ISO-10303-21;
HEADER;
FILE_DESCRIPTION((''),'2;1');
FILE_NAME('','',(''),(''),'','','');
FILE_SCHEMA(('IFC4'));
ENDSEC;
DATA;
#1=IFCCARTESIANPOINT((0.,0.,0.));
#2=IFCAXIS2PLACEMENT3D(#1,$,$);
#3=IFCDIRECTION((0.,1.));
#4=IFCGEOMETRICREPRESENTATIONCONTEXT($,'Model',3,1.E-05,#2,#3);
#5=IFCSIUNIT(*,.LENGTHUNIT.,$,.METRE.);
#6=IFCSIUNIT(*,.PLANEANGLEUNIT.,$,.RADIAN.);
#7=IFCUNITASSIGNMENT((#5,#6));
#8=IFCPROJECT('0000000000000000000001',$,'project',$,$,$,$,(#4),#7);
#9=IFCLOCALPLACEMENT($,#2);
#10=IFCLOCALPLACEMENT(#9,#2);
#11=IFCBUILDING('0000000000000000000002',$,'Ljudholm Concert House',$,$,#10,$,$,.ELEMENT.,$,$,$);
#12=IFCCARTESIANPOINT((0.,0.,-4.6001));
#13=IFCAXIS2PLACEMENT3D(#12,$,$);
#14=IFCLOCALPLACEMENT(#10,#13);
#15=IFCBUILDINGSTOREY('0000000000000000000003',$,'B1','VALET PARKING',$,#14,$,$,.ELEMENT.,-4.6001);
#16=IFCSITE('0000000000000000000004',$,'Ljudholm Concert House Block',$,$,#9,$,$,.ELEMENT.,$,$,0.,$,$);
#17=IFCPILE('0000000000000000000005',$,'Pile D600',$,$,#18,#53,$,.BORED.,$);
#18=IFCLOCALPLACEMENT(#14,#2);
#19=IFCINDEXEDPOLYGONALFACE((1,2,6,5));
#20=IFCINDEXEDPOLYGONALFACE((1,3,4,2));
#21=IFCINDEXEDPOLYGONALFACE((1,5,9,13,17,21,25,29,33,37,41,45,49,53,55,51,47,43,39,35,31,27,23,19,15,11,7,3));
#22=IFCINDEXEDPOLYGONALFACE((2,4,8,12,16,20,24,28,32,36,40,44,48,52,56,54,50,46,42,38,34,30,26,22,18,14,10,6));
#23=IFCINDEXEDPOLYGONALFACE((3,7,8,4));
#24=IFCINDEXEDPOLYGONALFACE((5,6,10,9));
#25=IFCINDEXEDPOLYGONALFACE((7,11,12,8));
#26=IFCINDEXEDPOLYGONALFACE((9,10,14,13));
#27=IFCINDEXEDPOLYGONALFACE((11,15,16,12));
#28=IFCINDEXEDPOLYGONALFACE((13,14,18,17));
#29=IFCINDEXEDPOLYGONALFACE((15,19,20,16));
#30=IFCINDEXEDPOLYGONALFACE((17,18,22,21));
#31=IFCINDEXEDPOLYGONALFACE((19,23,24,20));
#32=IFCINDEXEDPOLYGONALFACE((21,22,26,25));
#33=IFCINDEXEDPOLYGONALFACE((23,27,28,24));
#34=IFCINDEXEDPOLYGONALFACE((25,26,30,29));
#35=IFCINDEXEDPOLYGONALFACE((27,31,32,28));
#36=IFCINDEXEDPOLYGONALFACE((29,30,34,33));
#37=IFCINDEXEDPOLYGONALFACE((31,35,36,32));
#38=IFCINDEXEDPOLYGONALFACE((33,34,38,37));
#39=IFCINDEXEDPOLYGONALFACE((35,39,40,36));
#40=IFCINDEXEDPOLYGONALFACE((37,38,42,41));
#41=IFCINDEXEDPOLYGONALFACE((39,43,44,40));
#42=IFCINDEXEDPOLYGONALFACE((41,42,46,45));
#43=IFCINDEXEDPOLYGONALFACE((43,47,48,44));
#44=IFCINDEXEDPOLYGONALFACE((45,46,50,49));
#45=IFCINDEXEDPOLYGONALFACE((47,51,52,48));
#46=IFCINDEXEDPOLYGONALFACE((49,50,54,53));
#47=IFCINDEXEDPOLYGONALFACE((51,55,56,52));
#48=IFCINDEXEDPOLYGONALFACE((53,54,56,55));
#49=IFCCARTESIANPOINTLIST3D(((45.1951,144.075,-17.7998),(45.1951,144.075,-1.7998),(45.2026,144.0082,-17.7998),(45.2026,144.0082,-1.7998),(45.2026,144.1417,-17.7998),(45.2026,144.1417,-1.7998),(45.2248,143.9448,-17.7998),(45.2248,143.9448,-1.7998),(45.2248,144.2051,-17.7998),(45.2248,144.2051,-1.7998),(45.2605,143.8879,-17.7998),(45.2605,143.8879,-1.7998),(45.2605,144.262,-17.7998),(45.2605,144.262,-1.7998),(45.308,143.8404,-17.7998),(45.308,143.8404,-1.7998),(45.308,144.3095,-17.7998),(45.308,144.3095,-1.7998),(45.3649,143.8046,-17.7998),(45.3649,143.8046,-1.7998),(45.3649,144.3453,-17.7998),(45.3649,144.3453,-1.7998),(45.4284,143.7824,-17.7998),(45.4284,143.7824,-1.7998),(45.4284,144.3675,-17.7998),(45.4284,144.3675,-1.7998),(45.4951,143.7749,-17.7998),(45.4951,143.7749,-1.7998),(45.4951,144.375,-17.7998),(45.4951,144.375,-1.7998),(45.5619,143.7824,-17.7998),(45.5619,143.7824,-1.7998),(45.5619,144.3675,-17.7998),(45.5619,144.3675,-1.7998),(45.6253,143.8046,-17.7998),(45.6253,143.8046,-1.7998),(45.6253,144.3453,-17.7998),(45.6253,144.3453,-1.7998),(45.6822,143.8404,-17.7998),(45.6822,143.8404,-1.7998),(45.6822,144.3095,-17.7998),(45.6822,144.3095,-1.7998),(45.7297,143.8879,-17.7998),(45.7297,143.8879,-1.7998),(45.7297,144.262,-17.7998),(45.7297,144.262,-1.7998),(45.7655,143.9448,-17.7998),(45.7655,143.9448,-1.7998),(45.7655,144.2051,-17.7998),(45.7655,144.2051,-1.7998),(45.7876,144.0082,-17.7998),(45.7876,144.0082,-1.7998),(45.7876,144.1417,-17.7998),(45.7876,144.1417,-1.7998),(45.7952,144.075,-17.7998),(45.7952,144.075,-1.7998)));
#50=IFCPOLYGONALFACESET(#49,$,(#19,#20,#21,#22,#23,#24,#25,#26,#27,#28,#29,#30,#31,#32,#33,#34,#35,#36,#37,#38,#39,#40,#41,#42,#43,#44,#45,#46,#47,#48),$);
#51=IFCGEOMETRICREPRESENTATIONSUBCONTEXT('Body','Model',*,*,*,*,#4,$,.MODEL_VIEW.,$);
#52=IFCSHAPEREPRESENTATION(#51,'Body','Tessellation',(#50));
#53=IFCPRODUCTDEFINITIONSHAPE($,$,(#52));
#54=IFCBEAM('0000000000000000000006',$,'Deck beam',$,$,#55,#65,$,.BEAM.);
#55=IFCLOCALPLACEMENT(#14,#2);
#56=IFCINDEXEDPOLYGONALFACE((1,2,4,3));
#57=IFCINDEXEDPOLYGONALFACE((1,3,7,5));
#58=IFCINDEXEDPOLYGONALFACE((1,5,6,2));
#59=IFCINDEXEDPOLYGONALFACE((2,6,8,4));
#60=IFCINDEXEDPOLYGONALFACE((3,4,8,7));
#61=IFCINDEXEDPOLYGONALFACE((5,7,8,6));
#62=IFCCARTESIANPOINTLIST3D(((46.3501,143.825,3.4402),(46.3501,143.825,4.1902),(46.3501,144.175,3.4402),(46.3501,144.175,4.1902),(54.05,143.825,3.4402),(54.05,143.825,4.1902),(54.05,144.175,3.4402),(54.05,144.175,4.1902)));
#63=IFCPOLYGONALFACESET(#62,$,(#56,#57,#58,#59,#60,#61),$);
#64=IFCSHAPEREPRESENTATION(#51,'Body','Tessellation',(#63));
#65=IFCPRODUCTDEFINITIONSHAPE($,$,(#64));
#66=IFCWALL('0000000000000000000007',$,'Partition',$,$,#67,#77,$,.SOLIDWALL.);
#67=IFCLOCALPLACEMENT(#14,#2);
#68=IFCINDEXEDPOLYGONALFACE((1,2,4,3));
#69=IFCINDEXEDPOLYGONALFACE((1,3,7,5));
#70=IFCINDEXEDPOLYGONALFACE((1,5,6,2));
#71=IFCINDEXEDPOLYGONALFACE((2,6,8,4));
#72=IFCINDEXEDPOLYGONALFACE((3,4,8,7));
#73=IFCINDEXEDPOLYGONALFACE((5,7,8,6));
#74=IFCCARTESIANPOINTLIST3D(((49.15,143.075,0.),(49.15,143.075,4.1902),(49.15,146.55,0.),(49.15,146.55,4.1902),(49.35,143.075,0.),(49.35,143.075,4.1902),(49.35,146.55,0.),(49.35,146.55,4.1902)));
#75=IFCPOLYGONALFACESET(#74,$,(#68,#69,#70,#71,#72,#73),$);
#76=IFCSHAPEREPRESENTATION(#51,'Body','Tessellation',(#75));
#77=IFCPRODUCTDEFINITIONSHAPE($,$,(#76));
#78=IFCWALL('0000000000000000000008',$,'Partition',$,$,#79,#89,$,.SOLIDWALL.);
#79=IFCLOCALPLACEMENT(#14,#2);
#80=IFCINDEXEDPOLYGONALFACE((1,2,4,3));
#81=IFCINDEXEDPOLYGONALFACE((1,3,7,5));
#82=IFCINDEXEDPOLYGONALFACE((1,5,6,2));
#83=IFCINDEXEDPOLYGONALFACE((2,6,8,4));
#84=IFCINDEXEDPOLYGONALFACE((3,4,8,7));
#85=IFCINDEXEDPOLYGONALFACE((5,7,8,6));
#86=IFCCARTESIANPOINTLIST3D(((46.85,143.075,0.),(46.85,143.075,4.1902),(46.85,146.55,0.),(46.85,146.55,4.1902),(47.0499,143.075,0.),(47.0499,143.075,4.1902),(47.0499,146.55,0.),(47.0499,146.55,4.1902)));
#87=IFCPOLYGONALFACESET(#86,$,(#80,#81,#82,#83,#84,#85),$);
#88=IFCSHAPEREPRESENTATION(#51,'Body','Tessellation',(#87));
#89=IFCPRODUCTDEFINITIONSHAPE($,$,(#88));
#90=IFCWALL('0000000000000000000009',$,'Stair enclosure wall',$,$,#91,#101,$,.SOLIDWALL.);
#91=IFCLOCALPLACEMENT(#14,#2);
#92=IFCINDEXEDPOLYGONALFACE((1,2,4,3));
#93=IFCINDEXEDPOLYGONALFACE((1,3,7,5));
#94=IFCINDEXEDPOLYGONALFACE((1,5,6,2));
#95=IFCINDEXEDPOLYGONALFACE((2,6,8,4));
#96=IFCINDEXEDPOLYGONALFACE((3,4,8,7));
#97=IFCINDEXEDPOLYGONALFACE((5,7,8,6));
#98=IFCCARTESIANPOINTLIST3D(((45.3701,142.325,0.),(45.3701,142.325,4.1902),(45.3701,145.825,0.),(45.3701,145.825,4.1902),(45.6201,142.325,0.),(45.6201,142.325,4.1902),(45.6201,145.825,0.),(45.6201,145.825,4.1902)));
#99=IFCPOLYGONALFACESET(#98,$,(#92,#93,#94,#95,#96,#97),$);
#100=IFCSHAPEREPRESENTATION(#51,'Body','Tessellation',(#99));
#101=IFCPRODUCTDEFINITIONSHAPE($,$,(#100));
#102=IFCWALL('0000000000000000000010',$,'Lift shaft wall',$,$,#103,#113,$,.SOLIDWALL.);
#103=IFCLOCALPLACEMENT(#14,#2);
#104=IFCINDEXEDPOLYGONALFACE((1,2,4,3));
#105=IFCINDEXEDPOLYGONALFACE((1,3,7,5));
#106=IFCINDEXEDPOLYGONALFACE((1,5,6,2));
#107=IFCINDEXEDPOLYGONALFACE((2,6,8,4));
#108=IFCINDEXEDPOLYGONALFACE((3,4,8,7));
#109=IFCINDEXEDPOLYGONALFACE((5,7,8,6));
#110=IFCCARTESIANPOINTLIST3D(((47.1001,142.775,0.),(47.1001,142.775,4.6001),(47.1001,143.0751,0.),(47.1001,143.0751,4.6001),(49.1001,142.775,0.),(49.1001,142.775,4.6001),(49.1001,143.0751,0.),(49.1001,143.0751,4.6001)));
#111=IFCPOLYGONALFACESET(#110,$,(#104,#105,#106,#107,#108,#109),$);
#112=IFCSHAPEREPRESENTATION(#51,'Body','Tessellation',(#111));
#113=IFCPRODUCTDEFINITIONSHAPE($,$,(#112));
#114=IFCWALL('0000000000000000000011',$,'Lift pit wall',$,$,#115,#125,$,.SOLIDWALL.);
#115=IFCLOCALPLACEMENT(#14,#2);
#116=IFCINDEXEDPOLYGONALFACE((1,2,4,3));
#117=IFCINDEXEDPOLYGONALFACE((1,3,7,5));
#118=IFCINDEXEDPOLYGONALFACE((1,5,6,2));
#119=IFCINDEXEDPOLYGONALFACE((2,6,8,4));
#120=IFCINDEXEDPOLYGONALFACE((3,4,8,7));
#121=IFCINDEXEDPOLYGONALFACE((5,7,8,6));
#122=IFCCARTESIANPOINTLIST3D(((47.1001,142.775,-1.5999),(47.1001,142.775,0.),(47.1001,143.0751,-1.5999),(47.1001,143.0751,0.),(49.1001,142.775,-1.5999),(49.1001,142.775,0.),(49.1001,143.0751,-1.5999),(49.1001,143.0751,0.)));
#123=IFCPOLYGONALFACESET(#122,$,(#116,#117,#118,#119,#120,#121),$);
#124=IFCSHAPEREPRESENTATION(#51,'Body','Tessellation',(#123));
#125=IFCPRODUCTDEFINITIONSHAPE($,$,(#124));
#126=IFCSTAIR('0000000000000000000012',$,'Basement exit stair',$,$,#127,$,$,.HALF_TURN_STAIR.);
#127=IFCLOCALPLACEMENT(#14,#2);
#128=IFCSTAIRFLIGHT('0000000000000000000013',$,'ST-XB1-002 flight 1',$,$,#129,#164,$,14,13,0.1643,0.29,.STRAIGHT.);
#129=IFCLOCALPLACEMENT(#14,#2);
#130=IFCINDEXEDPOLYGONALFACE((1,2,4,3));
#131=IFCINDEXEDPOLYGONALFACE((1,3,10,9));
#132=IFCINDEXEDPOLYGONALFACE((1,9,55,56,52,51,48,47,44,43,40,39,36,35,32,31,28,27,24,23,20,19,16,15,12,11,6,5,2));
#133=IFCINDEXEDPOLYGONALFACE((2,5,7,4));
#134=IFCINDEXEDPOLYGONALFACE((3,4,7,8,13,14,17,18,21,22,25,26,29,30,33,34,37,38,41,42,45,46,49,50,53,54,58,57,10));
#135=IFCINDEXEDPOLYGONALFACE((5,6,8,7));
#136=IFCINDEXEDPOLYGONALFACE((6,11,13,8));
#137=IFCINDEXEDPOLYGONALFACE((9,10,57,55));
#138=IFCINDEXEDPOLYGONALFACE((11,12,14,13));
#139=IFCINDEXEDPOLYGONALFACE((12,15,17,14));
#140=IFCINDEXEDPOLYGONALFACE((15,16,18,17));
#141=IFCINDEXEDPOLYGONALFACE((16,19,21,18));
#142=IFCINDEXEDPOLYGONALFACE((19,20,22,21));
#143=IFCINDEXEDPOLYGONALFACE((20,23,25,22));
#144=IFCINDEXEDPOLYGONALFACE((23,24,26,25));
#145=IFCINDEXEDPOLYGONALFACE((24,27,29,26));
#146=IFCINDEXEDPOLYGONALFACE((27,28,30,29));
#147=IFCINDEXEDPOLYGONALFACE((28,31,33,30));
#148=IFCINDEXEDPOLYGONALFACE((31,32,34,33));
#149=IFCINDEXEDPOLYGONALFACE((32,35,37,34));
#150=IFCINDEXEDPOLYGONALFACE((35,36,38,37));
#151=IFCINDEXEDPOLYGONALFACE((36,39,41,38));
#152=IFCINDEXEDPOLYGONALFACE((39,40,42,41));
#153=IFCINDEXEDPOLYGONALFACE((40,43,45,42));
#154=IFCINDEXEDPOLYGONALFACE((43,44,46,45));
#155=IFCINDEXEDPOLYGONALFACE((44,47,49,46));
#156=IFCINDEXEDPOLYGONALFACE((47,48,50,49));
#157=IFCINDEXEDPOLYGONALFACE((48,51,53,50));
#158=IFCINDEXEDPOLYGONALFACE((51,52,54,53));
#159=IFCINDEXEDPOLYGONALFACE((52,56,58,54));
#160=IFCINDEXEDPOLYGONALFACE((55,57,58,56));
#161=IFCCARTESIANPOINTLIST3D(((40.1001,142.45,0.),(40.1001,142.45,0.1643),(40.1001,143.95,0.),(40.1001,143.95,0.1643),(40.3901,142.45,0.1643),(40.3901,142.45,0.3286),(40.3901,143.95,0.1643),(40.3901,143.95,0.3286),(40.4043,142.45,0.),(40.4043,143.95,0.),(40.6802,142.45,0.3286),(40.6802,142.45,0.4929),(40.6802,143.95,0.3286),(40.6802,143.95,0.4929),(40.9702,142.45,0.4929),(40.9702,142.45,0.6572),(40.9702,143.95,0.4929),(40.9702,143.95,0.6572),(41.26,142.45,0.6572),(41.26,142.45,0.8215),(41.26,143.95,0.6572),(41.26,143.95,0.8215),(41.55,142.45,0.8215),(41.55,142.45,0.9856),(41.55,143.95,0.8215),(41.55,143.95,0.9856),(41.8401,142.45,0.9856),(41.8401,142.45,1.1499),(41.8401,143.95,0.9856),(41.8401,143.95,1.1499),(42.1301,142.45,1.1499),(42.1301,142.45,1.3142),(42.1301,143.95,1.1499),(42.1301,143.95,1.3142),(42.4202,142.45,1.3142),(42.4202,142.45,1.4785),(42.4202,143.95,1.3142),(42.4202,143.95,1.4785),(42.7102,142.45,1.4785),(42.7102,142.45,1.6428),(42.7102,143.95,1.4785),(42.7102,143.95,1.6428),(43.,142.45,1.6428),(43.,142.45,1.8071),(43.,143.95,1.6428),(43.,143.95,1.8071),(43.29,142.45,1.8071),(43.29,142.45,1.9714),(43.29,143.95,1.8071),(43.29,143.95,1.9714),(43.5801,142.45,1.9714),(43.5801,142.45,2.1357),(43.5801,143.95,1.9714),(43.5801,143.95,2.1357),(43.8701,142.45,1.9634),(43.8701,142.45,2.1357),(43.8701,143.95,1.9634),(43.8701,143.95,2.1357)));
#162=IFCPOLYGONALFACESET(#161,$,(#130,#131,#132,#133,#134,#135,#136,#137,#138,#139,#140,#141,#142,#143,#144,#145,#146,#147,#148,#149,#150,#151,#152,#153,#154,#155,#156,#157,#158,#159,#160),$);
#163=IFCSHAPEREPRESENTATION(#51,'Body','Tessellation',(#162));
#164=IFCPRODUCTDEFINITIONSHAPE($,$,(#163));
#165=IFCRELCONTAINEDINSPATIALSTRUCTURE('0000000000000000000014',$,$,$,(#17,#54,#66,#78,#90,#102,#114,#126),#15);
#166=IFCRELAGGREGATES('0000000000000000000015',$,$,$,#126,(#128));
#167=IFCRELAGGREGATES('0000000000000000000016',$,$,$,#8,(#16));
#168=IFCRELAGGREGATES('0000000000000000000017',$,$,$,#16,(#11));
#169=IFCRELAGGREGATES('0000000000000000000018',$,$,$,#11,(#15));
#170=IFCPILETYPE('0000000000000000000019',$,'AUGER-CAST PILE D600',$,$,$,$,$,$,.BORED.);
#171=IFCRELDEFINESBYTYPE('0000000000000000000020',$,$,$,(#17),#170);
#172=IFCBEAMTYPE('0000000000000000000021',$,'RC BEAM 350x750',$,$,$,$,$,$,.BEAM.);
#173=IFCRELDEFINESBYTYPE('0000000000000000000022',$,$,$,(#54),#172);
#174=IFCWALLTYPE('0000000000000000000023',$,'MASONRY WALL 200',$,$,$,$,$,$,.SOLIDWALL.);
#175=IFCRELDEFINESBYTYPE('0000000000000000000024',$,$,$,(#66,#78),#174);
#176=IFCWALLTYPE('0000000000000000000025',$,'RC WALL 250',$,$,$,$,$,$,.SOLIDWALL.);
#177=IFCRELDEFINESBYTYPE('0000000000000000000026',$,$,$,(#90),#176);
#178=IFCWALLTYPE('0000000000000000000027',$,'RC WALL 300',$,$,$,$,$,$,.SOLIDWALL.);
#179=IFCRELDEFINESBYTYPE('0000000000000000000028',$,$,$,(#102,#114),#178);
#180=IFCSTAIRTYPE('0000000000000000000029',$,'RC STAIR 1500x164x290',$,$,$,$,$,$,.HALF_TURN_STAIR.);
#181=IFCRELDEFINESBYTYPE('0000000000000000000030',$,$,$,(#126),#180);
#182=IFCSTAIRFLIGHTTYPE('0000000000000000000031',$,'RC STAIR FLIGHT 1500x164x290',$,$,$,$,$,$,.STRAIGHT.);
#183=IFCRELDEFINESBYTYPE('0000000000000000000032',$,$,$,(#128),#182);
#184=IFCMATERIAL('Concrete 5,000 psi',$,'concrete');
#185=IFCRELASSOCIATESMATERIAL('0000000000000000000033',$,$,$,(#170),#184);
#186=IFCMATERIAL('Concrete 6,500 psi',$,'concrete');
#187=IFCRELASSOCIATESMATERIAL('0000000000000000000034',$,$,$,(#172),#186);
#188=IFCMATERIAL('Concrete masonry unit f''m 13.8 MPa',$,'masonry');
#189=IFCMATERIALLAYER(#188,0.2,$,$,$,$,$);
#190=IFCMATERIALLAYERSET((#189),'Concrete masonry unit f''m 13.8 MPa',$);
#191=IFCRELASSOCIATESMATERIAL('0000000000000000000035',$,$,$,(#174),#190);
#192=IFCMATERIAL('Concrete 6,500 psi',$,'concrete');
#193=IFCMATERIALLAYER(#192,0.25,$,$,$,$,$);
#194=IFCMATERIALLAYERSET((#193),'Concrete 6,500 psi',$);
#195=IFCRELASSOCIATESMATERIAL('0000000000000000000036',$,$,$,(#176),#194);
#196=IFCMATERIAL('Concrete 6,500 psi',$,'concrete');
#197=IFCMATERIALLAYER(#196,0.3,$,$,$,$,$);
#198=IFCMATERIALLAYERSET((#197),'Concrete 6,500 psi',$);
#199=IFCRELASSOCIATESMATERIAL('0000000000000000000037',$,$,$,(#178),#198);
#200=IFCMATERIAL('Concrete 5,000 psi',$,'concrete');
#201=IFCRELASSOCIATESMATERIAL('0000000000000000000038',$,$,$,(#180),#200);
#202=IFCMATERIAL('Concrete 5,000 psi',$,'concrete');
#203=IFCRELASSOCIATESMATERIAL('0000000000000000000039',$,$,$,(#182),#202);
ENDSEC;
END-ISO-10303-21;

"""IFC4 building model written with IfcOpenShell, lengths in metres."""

from ifc_helpers import new_model, si_unit, direction, frame, frame_2d, origin, origin_2d, place, context, subcontext, project, spatial, polyline, rectangle, circle, outline, extrude, material, layer, layer_set, material_profile, profile_set, type_object, element, aggregate, save


model = new_model("IFC4")

# Units and contexts
model_context = context("Model", 3, precision=1e-05, world=origin(), true_north=direction((0.0, 1.0)))
body_context = subcontext(model_context, "Body", "Model", "MODEL_VIEW")
ifc_project = project(units=[si_unit("LENGTHUNIT", "METRE"), si_unit("PLANEANGLEUNIT", "RADIAN")], contexts=[model_context])

# Site, building, storey
site_placement = place(None, origin())
site = spatial("IfcSite", under=ifc_project, at=site_placement, Name="Ljudholm Concert House Block", CompositionType="ELEMENT", RefElevation=0.0)
building_placement = place(site_placement, origin())
building = spatial("IfcBuilding", under=site, at=building_placement, Name="Ljudholm Concert House", CompositionType="ELEMENT")
storey_placement = place(building_placement, frame((0.0, 0.0, -4.6001)))
storey = spatial("IfcBuildingStorey", under=building, at=storey_placement, Name="B1", Description="VALET PARKING", CompositionType="ELEMENT", Elevation=-4.6001)

# Pile
ifc_material_1 = material(Name="Concrete 5,000 psi", Category="concrete")
ifc_material_profile_1 = material_profile(ifc_material_1, circle(Radius=0.3, at=origin_2d()), Name="AUGER-CAST PILE D600")
ifc_profile_set_1 = profile_set([ifc_material_profile_1], Name="Concrete 5,000 psi")
pile_type = type_object("IfcPileType", Name="AUGER-CAST PILE D600", PredefinedType="BORED", material=ifc_profile_set_1)
for number, where, z_axis, x_axis, name in (
    (1, (45.4951, 144.075, -1.7998), (0.0, 0.0, -1.0), (1.0, 0.0, 0.0), "Pile D600"),
):
    element("IfcPile", number, at=place(storey_placement, frame(where, z_axis=z_axis, x_axis=x_axis)), inside=storey, type_object=pile_type, Name=name, PredefinedType="BORED", context=body_context, shape_type="SweptSolid", body=[
        extrude(circle(Radius=0.3, at=origin_2d()), origin(), (0.0, 0.0, 1.0), 16.0),
    ])

# Beam
ifc_material_2 = material(Name="Concrete 6,500 psi", Category="concrete")
ifc_material_profile_2 = material_profile(ifc_material_2, rectangle(XDim=0.3501, YDim=0.75, at=origin_2d()), Name="RC BEAM 350x750")
ifc_profile_set_2 = profile_set([ifc_material_profile_2], Name="Concrete 6,500 psi")
beam_type = type_object("IfcBeamType", Name="RC BEAM 350x750", PredefinedType="BEAM", material=ifc_profile_set_2)
beam_placement = place(storey_placement, frame((46.3501, 144.0, 3.8152), z_axis=(1.0, 0.0, 0.0), x_axis=(0.0, 1.0, 0.0)))
element("IfcBeam", 2, at=beam_placement, inside=storey, type_object=beam_type, Name="Deck beam", PredefinedType="BEAM", context=body_context, shape_type="SweptSolid", body=[
    extrude(rectangle(XDim=0.3501, YDim=0.75, at=origin_2d()), origin(), (0.0, 0.0, 1.0), 7.7),
])

# Walls
ifc_material_3 = material(Name="Concrete masonry unit f'm 13.8 MPa", Category="masonry")
ifc_layer_1 = layer(ifc_material_3, 0.2)
ifc_layer_set_1 = layer_set([ifc_layer_1], Name="Concrete masonry unit f'm 13.8 MPa")
wall_type_1 = type_object("IfcWallType", Name="MASONRY WALL 200", PredefinedType="SOLIDWALL", material=ifc_layer_set_1)
for number, where, z_axis, x_axis, name in (
    (3, (49.25, 143.075, 0.0), (0.0, 0.0, 1.0), (0.0, 1.0, 0.0), "Partition"),
    (4, (46.95, 143.075, 0.0), (0.0, 0.0, 1.0), (0.0, 1.0, 0.0), "Partition"),
):
    element("IfcWall", number, at=place(storey_placement, frame(where, z_axis=z_axis, x_axis=x_axis)), inside=storey, type_object=wall_type_1, Name=name, PredefinedType="SOLIDWALL", context=body_context, shape_type="SweptSolid", body=[
        extrude(rectangle(XDim=3.4751, YDim=0.2, at=frame_2d((1.7375, 0.0))), origin(), (0.0, 0.0, 1.0), 4.1902),
    ])
ifc_material_4 = material(Name="Concrete 6,500 psi", Category="concrete")
ifc_layer_2 = layer(ifc_material_4, 0.25)
ifc_layer_set_2 = layer_set([ifc_layer_2], Name="Concrete 6,500 psi")
wall_type_2 = type_object("IfcWallType", Name="RC WALL 250", PredefinedType="SOLIDWALL", material=ifc_layer_set_2)
wall_1_placement = place(storey_placement, frame((45.4951, 142.325, 0.0), z_axis=(0.0, 0.0, 1.0), x_axis=(0.0, 1.0, 0.0)))
element("IfcWall", 5, at=wall_1_placement, inside=storey, type_object=wall_type_2, Name="Stair enclosure wall", PredefinedType="SOLIDWALL", context=body_context, shape_type="SweptSolid", body=[
    extrude(rectangle(XDim=3.5, YDim=0.25, at=frame_2d((1.75, 0.0))), origin(), (0.0, 0.0, 1.0), 4.1902),
])
ifc_material_5 = material(Name="Concrete 6,500 psi", Category="concrete")
ifc_layer_3 = layer(ifc_material_5, 0.3)
ifc_layer_set_3 = layer_set([ifc_layer_3], Name="Concrete 6,500 psi")
wall_type_3 = type_object("IfcWallType", Name="RC WALL 300", PredefinedType="SOLIDWALL", material=ifc_layer_set_3)
wall_2_placement = place(storey_placement, frame((47.1001, 142.925, 0.0), z_axis=(0.0, 0.0, 1.0), x_axis=(1.0, 0.0, 0.0)))
element("IfcWall", 6, at=wall_2_placement, inside=storey, type_object=wall_type_3, Name="Lift shaft wall", PredefinedType="SOLIDWALL", context=body_context, shape_type="SweptSolid", body=[
    extrude(rectangle(XDim=2.0, YDim=0.3, at=frame_2d((1.0, 0.0))), origin(), (0.0, 0.0, 1.0), 4.6001),
])
wall_3_placement = place(storey_placement, frame((47.1001, 142.925, -1.5999), z_axis=(0.0, 0.0, 1.0), x_axis=(1.0, 0.0, 0.0)))
element("IfcWall", 7, at=wall_3_placement, inside=storey, type_object=wall_type_3, Name="Lift pit wall", PredefinedType="SOLIDWALL", context=body_context, shape_type="SweptSolid", body=[
    extrude(rectangle(XDim=2.0, YDim=0.3, at=frame_2d((1.0, 0.0))), origin(), (0.0, 0.0, 1.0), 1.5999),
])

# Stair, stair flight
ifc_material_6 = material(Name="Concrete 5,000 psi", Category="concrete")
stair_type = type_object("IfcStairType", Name="RC STAIR 1500x164x290", PredefinedType="HALF_TURN_STAIR", material=ifc_material_6)
stair_placement = place(storey_placement, origin())
stair = element("IfcStair", 8, at=stair_placement, inside=storey, type_object=stair_type, Name="Basement exit stair", PredefinedType="HALF_TURN_STAIR")
ifc_material_7 = material(Name="Concrete 5,000 psi", Category="concrete")
stair_flight_type = type_object("IfcStairFlightType", Name="RC STAIR FLIGHT 1500x164x290", PredefinedType="STRAIGHT", material=ifc_material_7)
stair_flight_1_placement = place(storey_placement, frame((40.1001, 143.2, 0.0), z_axis=(0.0, 0.0, 1.0), x_axis=(1.0, 0.0, 0.0)))
stair_flight_1 = element("IfcStairFlight", 9, at=stair_flight_1_placement, type_object=stair_flight_type, Name="ST-XB1-002 flight 1", NumberOfRisers=14, NumberOfTreads=13, PredefinedType="STRAIGHT", RiserHeight=0.1643, TreadLength=0.29, context=body_context, shape_type="SweptSolid", body=[
    extrude(outline(polyline([(0.0, 0.0), (0.0, 0.1643), (0.29, 0.1643), (0.29, 0.3286), (0.5801, 0.3286), (0.5801, 0.4929), (0.8701, 0.4929), (0.8701, 0.6572), (1.1599, 0.6572), (1.1599, 0.8215), (1.45, 0.8215), (1.45, 0.9856), (1.74, 0.9856), (1.74, 1.1499), (2.03, 1.1499), (2.03, 1.3142), (2.3201, 1.3142), (2.3201, 1.4785), (2.6101, 1.4785), (2.6101, 1.6428), (2.8999, 1.6428), (2.8999, 1.8071), (3.1899, 1.8071), (3.1899, 1.9714), (3.48, 1.9714), (3.48, 2.1357), (3.77, 2.1357), (3.77, 2.3), (3.77, 1.9634), (0.3042, 0.0), (0.0, 0.0)])), frame((0.0, 0.75, 0.0), z_axis=(0.0, -1.0, 0.0), x_axis=(1.0, 0.0, 0.0)), (0.0, 0.0, 1.0), 1.5),
])
aggregate(stair, [stair_flight_1])

save(model, "model.ifc")
